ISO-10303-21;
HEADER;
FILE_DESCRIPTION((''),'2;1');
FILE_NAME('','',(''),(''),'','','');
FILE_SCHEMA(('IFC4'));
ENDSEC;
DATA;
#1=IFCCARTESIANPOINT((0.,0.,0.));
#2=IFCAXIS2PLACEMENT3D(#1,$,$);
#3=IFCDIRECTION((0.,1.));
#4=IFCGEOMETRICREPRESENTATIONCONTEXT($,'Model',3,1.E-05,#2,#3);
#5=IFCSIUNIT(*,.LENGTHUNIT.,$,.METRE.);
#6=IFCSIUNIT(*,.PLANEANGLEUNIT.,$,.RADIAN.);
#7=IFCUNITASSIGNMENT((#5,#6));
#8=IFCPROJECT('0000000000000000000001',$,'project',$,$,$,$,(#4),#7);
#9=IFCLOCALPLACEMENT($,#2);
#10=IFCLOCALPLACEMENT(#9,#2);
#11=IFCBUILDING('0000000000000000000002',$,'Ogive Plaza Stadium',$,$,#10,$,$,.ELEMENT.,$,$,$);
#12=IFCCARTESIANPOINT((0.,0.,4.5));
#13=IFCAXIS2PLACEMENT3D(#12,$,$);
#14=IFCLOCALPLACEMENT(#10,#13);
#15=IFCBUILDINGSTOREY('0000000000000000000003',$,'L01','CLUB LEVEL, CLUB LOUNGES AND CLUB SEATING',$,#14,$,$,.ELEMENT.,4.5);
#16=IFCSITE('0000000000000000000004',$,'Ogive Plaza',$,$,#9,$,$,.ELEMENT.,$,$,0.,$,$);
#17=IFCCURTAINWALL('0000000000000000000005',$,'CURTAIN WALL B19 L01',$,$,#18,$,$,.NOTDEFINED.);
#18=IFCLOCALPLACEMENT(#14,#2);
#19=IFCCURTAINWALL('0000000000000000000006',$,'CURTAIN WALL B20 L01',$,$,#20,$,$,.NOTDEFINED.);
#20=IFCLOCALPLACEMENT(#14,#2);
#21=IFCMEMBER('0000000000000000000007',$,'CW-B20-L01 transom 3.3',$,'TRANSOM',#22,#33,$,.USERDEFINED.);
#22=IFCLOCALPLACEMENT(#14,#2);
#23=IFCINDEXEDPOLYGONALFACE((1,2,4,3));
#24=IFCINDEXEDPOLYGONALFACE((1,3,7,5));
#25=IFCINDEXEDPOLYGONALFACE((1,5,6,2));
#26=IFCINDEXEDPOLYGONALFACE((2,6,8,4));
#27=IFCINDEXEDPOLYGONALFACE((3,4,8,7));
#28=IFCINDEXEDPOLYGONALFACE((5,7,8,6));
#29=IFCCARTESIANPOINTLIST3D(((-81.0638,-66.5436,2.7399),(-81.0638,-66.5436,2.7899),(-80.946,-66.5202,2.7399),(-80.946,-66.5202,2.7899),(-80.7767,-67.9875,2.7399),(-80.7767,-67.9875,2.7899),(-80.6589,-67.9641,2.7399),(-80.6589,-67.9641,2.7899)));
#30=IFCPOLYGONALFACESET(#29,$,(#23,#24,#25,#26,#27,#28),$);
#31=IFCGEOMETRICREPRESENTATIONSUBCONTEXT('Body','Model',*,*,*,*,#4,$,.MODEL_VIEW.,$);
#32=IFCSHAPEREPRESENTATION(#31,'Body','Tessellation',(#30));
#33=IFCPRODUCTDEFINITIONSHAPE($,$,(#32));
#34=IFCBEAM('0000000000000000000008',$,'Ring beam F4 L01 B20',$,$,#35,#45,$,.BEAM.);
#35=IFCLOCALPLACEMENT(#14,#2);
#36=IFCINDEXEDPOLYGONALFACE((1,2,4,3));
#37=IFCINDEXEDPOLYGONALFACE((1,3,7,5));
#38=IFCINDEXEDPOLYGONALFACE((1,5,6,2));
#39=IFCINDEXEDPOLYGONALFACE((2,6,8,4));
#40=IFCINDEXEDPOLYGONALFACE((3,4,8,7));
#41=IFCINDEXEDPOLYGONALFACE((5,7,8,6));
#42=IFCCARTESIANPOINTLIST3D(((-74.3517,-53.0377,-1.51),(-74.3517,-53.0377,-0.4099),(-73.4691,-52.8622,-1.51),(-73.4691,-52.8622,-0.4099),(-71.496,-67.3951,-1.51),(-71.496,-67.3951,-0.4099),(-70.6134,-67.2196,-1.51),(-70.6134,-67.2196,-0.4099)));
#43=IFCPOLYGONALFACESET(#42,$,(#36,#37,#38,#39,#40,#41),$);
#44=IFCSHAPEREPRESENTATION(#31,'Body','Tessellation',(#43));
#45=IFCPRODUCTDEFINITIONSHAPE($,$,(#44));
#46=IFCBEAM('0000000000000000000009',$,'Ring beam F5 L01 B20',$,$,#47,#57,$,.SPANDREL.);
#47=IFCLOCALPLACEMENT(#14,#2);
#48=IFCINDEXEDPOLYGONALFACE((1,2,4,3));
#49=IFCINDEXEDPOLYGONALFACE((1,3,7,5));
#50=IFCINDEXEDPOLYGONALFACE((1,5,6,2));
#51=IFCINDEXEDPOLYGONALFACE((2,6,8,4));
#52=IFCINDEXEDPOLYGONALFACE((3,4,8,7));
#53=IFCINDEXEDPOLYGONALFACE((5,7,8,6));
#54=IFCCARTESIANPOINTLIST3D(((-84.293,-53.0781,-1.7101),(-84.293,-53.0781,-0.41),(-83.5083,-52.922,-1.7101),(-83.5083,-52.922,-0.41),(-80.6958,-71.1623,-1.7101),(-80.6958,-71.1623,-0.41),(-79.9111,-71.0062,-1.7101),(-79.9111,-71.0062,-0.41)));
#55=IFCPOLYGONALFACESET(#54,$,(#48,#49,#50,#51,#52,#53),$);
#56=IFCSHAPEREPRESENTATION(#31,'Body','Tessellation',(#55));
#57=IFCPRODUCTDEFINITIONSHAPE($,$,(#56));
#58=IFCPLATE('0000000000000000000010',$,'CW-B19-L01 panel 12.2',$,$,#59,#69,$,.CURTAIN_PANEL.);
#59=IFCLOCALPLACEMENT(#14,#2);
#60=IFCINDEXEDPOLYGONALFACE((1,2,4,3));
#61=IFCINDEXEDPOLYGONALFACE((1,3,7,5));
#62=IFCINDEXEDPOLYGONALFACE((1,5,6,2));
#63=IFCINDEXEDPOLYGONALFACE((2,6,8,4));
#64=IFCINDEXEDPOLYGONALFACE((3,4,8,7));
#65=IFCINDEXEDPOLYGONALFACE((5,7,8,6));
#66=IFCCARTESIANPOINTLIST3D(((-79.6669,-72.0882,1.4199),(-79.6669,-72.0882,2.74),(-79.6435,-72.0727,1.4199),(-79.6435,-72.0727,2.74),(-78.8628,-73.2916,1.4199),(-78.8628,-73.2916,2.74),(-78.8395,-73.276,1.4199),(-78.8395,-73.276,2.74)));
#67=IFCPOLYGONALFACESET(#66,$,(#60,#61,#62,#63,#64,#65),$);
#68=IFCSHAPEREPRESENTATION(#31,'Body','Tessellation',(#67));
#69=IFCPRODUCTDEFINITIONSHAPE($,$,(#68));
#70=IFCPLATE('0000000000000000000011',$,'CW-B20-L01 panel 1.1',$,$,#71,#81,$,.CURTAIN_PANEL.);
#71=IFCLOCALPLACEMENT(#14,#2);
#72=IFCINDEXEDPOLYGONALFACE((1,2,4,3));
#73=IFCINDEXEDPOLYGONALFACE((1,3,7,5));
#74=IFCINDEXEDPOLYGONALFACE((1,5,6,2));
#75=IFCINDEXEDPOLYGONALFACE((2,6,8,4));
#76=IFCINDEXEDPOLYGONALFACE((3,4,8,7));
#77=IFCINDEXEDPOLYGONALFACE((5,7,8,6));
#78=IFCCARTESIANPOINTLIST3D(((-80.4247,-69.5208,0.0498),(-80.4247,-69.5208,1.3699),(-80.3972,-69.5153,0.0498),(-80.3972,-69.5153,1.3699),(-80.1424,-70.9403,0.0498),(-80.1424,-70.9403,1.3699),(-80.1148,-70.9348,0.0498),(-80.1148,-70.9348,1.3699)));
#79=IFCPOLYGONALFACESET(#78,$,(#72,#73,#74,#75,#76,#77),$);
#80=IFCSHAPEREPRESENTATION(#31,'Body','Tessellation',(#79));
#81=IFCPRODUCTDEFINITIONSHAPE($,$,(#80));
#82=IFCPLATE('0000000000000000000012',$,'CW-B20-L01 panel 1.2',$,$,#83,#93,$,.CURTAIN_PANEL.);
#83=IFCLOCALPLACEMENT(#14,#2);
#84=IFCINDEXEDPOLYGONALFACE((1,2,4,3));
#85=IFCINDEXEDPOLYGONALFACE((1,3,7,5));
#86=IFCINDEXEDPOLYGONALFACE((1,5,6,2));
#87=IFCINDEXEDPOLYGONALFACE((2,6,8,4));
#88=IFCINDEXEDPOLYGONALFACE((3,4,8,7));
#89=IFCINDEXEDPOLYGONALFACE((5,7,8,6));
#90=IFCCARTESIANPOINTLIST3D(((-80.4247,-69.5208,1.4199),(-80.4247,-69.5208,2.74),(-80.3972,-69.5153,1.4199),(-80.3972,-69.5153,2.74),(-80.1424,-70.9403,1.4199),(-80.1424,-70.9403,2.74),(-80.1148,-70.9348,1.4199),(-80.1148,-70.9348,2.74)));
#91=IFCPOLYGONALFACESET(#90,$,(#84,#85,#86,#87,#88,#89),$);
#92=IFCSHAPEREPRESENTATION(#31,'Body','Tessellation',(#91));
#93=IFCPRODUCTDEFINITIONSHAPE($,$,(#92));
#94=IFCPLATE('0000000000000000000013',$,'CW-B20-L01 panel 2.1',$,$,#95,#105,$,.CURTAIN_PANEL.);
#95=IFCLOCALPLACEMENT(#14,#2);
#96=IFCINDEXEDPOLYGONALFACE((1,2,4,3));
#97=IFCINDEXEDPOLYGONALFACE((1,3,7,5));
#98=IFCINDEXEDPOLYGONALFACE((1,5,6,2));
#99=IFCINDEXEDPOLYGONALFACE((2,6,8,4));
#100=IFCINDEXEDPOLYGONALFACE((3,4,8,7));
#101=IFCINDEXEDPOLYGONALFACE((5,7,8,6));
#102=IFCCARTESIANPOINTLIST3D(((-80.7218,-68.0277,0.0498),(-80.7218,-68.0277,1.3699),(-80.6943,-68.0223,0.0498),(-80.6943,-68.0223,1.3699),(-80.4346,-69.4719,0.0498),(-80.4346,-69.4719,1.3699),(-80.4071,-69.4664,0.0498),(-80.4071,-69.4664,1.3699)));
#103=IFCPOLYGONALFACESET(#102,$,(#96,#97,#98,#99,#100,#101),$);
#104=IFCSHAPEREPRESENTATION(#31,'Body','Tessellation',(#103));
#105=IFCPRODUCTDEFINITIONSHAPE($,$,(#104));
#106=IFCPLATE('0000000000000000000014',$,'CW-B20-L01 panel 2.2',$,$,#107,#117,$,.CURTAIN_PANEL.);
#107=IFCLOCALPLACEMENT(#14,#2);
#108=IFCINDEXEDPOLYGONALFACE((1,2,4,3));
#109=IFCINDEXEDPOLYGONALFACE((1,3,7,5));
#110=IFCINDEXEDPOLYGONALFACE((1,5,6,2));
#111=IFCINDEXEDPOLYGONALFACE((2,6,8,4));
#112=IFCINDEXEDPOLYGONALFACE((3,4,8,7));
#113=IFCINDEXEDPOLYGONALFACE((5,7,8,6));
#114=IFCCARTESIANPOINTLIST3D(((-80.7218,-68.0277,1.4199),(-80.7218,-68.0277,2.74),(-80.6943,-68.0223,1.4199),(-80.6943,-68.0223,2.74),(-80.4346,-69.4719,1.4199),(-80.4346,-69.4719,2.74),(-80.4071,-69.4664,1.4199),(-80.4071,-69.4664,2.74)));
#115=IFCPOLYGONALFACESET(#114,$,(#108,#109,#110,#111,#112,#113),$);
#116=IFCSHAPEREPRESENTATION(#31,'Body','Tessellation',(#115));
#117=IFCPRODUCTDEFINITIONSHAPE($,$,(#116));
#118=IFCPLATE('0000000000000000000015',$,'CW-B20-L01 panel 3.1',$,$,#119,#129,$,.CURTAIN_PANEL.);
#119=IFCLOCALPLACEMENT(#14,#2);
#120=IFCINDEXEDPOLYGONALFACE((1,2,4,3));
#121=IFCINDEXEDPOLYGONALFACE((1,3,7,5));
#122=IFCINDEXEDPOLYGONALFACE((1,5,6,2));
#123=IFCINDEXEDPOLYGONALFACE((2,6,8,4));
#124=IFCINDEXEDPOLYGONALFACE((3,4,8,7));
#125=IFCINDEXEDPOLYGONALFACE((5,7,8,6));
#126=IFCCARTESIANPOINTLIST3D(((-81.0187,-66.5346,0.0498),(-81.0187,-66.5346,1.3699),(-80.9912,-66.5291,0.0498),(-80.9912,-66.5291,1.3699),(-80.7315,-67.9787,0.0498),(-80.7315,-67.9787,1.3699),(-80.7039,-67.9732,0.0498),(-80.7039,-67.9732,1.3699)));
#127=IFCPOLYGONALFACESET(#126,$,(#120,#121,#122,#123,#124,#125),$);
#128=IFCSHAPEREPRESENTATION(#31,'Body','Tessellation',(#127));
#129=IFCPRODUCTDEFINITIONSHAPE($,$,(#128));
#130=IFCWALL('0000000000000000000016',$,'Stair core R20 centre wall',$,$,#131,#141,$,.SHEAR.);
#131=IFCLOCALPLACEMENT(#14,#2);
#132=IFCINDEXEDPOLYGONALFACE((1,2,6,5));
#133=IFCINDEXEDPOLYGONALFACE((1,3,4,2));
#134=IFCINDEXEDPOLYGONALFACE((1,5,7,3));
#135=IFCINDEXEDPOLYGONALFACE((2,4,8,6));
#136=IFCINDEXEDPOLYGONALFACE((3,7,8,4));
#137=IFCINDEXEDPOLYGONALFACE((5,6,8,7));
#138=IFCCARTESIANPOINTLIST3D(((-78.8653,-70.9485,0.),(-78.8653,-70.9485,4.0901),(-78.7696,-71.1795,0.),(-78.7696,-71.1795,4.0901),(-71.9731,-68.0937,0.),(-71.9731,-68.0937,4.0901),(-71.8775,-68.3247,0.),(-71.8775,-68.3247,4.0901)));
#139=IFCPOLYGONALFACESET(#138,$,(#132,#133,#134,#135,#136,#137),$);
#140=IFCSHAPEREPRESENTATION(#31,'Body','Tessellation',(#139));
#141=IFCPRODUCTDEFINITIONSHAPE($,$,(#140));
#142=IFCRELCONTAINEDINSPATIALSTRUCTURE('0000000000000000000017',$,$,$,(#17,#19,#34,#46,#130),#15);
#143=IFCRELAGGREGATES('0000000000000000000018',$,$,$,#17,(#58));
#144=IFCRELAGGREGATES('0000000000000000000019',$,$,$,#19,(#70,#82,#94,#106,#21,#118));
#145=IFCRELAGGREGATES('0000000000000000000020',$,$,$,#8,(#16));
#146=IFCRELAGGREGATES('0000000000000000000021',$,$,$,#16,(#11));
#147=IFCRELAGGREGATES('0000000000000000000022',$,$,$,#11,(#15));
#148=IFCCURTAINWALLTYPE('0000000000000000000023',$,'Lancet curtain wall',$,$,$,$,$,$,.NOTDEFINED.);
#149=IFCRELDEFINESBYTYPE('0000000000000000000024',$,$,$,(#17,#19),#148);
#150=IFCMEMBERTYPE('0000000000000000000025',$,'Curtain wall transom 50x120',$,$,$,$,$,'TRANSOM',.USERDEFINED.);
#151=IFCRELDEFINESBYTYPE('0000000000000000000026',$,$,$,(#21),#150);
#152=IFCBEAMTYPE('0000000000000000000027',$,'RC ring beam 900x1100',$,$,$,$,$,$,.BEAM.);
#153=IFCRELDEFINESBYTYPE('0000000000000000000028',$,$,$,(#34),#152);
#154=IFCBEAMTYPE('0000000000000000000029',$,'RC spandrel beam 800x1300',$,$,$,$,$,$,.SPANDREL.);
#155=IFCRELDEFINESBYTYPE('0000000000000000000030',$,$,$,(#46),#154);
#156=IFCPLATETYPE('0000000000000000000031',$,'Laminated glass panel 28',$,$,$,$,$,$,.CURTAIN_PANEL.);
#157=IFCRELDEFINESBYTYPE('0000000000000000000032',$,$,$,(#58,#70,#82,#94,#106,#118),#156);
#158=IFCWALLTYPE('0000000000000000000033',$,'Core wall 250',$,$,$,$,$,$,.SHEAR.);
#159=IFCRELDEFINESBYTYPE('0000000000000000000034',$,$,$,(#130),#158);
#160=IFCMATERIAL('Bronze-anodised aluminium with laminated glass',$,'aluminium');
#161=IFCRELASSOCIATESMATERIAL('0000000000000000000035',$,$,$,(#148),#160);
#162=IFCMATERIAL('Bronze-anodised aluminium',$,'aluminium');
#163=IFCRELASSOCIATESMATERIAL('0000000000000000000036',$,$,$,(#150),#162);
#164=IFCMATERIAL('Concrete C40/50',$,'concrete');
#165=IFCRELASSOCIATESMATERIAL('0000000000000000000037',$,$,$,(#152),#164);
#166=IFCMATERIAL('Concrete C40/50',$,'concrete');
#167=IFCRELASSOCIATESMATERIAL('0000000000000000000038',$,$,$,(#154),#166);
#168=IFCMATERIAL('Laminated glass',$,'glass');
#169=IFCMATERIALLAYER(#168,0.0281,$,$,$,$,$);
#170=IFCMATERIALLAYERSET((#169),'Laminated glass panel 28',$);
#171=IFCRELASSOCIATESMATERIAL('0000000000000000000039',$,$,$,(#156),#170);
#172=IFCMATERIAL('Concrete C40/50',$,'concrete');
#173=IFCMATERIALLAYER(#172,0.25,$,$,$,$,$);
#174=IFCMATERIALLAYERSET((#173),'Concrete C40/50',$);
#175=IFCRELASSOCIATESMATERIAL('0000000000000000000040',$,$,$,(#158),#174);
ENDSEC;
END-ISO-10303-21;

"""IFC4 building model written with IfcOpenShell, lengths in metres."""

from ifc_helpers import new_model, si_unit, direction, frame, frame_2d, origin, origin_2d, place, context, subcontext, project, spatial, rectangle, extrude, material, layer, layer_set, material_profile, profile_set, type_object, element, aggregate, save


model = new_model("IFC4")

# Units and contexts
model_context = context("Model", 3, precision=1e-05, world=origin(), true_north=direction((0.0, 1.0)))
body_context = subcontext(model_context, "Body", "Model", "MODEL_VIEW")
ifc_project = project(units=[si_unit("LENGTHUNIT", "METRE"), si_unit("PLANEANGLEUNIT", "RADIAN")], contexts=[model_context])

# Site, building, storey
site_placement = place(None, origin())
site = spatial("IfcSite", under=ifc_project, at=site_placement, Name="Ogive Plaza", CompositionType="ELEMENT", RefElevation=0.0)
building_placement = place(site_placement, origin())
building = spatial("IfcBuilding", under=site, at=building_placement, Name="Ogive Plaza Stadium", CompositionType="ELEMENT")
storey_placement = place(building_placement, frame((0.0, 0.0, 4.5)))
storey = spatial("IfcBuildingStorey", under=building, at=storey_placement, Name="L01", Description="CLUB LEVEL, CLUB LOUNGES AND CLUB SEATING", CompositionType="ELEMENT", Elevation=4.5)

# Curtain wall
ifc_material_1 = material(Name="Bronze-anodised aluminium with laminated glass", Category="aluminium")
curtain_wall_type = type_object("IfcCurtainWallType", Name="Lancet curtain wall", PredefinedType="NOTDEFINED", material=ifc_material_1)
curtain_wall_1_placement = place(storey_placement, origin())
curtain_wall_1 = element("IfcCurtainWall", 1, at=curtain_wall_1_placement, inside=storey, type_object=curtain_wall_type, Name="CURTAIN WALL B19 L01", PredefinedType="NOTDEFINED")

# Curtain wall, member
curtain_wall_2_placement = place(storey_placement, origin())
curtain_wall_2 = element("IfcCurtainWall", 2, at=curtain_wall_2_placement, inside=storey, type_object=curtain_wall_type, Name="CURTAIN WALL B20 L01", PredefinedType="NOTDEFINED")
ifc_material_2 = material(Name="Bronze-anodised aluminium", Category="aluminium")
ifc_material_profile_1 = material_profile(ifc_material_2, rectangle(XDim=0.1201, YDim=0.05, at=origin_2d()), Name="AL 120x50")
ifc_profile_set_1 = profile_set([ifc_material_profile_1], Name="Bronze-anodised aluminium")
member_type_1 = type_object("IfcMemberType", Name="Curtain wall transom 50x120", ElementType="TRANSOM", PredefinedType="USERDEFINED", material=ifc_profile_set_1)
member_1_placement = place(storey_placement, frame((-80.7178, -67.9758, 2.7649), z_axis=(-0.195032, 0.980797, 0.0), x_axis=(-0.980797, -0.195032, 0.0)))
member_1 = element("IfcMember", 3, at=member_1_placement, type_object=member_type_1, Name="CW-B20-L01 transom 3.3", ObjectType="TRANSOM", PredefinedType="USERDEFINED", context=body_context, shape_type="SweptSolid", body=[
    extrude(rectangle(XDim=0.1201, YDim=0.05, at=origin_2d()), origin(), (0.0, 0.0, 1.0), 1.4722),
])

# Beams
ifc_material_3 = material(Name="Concrete C40/50", Category="concrete")
ifc_material_profile_2 = material_profile(ifc_material_3, rectangle(XDim=0.8999, YDim=1.1001, at=origin_2d()), Name="RC 900x1100")
ifc_profile_set_2 = profile_set([ifc_material_profile_2], Name="Concrete C40/50")
beam_type_1 = type_object("IfcBeamType", Name="RC ring beam 900x1100", PredefinedType="BEAM", material=ifc_profile_set_2)
beam_1_placement = place(storey_placement, frame((-71.0547, -67.3074, -0.96), z_axis=(-0.19508, 0.980787, 0.0), x_axis=(-0.980787, -0.19508, 0.0)))
element("IfcBeam", 4, at=beam_1_placement, inside=storey, type_object=beam_type_1, Name="Ring beam F4 L01 B20", PredefinedType="BEAM", context=body_context, shape_type="SweptSolid", body=[
    extrude(rectangle(XDim=0.8999, YDim=1.1001, at=origin_2d()), origin(), (0.0, 0.0, 1.0), 14.6387),
])
ifc_material_4 = material(Name="Concrete C40/50", Category="concrete")
ifc_material_profile_3 = material_profile(ifc_material_4, rectangle(XDim=0.8, YDim=1.3, at=origin_2d()), Name="RC 800x1300")
ifc_profile_set_3 = profile_set([ifc_material_profile_3], Name="Concrete C40/50")
beam_type_2 = type_object("IfcBeamType", Name="RC spandrel beam 800x1300", PredefinedType="SPANDREL", material=ifc_profile_set_3)
beam_2_placement = place(storey_placement, frame((-80.3035, -71.0842, -1.0601), z_axis=(-0.19509, 0.980785, 0.0), x_axis=(-0.980785, -0.19509, 0.0)))
element("IfcBeam", 5, at=beam_2_placement, inside=storey, type_object=beam_type_2, Name="Ring beam F5 L01 B20", PredefinedType="SPANDREL", context=body_context, shape_type="SweptSolid", body=[
    extrude(rectangle(XDim=0.8, YDim=1.3, at=origin_2d()), origin(), (0.0, 0.0, 1.0), 18.4385),
])

# Plates
ifc_material_5 = material(Name="Laminated glass", Category="glass")
ifc_layer_1 = layer(ifc_material_5, 0.0281)
ifc_layer_set_1 = layer_set([ifc_layer_1], Name="Laminated glass panel 28")
plate_type = type_object("IfcPlateType", Name="Laminated glass panel 28", PredefinedType="CURTAIN_PANEL", material=ifc_layer_set_1)
plate_1_placement = place(storey_placement, frame((-79.2532, -72.6821, 1.4199), z_axis=(0.0, 0.0, 1.0), x_axis=(-0.55557, 0.83147, 0.0)))
plate_1 = element("IfcPlate", 6, at=plate_1_placement, type_object=plate_type, Name="CW-B19-L01 panel 12.2", PredefinedType="CURTAIN_PANEL", context=body_context, shape_type="SweptSolid", body=[
    extrude(rectangle(XDim=1.4473, YDim=0.0281, at=origin_2d()), origin(), (0.0, 0.0, 1.0), 1.3201),
])
aggregate(curtain_wall_1, [plate_1])
plate_2_placement = place(storey_placement, frame((-80.2698, -70.2278, 0.0498), z_axis=(0.0, 0.0, 1.0), x_axis=(-0.19509, 0.980785, 0.0)))
plate_2 = element("IfcPlate", 7, at=plate_2_placement, type_object=plate_type, Name="CW-B20-L01 panel 1.1", PredefinedType="CURTAIN_PANEL", context=body_context, shape_type="SweptSolid", body=[
    extrude(rectangle(XDim=1.4473, YDim=0.0281, at=origin_2d()), origin(), (0.0, 0.0, 1.0), 1.3201),
])
plate_3_placement = place(storey_placement, frame((-80.2698, -70.2278, 1.4199), z_axis=(0.0, 0.0, 1.0), x_axis=(-0.19509, 0.980785, 0.0)))
plate_3 = element("IfcPlate", 8, at=plate_3_placement, type_object=plate_type, Name="CW-B20-L01 panel 1.2", PredefinedType="CURTAIN_PANEL", context=body_context, shape_type="SweptSolid", body=[
    extrude(rectangle(XDim=1.4473, YDim=0.0281, at=origin_2d()), origin(), (0.0, 0.0, 1.0), 1.3201),
])
plate_4_placement = place(storey_placement, frame((-80.5645, -68.7471, 0.0498), z_axis=(0.0, 0.0, 1.0), x_axis=(-0.19509, 0.980785, 0.0)))
plate_4 = element("IfcPlate", 9, at=plate_4_placement, type_object=plate_type, Name="CW-B20-L01 panel 2.1", PredefinedType="CURTAIN_PANEL", context=body_context, shape_type="SweptSolid", body=[
    extrude(rectangle(XDim=1.4724, YDim=0.0281, at=origin_2d()), origin(), (0.0, 0.0, 1.0), 1.3201),
])
plate_5_placement = place(storey_placement, frame((-80.5645, -68.7471, 1.4199), z_axis=(0.0, 0.0, 1.0), x_axis=(-0.19509, 0.980785, 0.0)))
plate_5 = element("IfcPlate", 10, at=plate_5_placement, type_object=plate_type, Name="CW-B20-L01 panel 2.2", PredefinedType="CURTAIN_PANEL", context=body_context, shape_type="SweptSolid", body=[
    extrude(rectangle(XDim=1.4724, YDim=0.0281, at=origin_2d()), origin(), (0.0, 0.0, 1.0), 1.3201),
])
plate_6_placement = place(storey_placement, frame((-80.8613, -67.2539, 0.0498), z_axis=(0.0, 0.0, 1.0), x_axis=(-0.19509, 0.980785, 0.0)))
plate_6 = element("IfcPlate", 11, at=plate_6_placement, type_object=plate_type, Name="CW-B20-L01 panel 3.1", PredefinedType="CURTAIN_PANEL", context=body_context, shape_type="SweptSolid", body=[
    extrude(rectangle(XDim=1.4724, YDim=0.0281, at=origin_2d()), origin(), (0.0, 0.0, 1.0), 1.3201),
])
aggregate(curtain_wall_2, [plate_2, plate_3, plate_4, plate_5, member_1, plate_6])

# Wall
ifc_material_6 = material(Name="Concrete C40/50", Category="concrete")
ifc_layer_2 = layer(ifc_material_6, 0.25)
ifc_layer_set_2 = layer_set([ifc_layer_2], Name="Concrete C40/50")
wall_type = type_object("IfcWallType", Name="Core wall 250", PredefinedType="SHEAR", material=ifc_layer_set_2)
wall_placement = place(storey_placement, frame((-71.9253, -68.2092, 0.0), z_axis=(0.0, 0.0, 1.0), x_axis=(-0.923882, -0.382676, 0.0)))
element("IfcWall", 12, at=wall_placement, inside=storey, type_object=wall_type, Name="Stair core R20 centre wall", PredefinedType="SHEAR", context=body_context, shape_type="SweptSolid", body=[
    extrude(rectangle(XDim=7.46, YDim=0.25, at=frame_2d((3.73, 0.0))), origin(), (0.0, 0.0, 1.0), 4.0901),
])

save(model, "model.ifc")
